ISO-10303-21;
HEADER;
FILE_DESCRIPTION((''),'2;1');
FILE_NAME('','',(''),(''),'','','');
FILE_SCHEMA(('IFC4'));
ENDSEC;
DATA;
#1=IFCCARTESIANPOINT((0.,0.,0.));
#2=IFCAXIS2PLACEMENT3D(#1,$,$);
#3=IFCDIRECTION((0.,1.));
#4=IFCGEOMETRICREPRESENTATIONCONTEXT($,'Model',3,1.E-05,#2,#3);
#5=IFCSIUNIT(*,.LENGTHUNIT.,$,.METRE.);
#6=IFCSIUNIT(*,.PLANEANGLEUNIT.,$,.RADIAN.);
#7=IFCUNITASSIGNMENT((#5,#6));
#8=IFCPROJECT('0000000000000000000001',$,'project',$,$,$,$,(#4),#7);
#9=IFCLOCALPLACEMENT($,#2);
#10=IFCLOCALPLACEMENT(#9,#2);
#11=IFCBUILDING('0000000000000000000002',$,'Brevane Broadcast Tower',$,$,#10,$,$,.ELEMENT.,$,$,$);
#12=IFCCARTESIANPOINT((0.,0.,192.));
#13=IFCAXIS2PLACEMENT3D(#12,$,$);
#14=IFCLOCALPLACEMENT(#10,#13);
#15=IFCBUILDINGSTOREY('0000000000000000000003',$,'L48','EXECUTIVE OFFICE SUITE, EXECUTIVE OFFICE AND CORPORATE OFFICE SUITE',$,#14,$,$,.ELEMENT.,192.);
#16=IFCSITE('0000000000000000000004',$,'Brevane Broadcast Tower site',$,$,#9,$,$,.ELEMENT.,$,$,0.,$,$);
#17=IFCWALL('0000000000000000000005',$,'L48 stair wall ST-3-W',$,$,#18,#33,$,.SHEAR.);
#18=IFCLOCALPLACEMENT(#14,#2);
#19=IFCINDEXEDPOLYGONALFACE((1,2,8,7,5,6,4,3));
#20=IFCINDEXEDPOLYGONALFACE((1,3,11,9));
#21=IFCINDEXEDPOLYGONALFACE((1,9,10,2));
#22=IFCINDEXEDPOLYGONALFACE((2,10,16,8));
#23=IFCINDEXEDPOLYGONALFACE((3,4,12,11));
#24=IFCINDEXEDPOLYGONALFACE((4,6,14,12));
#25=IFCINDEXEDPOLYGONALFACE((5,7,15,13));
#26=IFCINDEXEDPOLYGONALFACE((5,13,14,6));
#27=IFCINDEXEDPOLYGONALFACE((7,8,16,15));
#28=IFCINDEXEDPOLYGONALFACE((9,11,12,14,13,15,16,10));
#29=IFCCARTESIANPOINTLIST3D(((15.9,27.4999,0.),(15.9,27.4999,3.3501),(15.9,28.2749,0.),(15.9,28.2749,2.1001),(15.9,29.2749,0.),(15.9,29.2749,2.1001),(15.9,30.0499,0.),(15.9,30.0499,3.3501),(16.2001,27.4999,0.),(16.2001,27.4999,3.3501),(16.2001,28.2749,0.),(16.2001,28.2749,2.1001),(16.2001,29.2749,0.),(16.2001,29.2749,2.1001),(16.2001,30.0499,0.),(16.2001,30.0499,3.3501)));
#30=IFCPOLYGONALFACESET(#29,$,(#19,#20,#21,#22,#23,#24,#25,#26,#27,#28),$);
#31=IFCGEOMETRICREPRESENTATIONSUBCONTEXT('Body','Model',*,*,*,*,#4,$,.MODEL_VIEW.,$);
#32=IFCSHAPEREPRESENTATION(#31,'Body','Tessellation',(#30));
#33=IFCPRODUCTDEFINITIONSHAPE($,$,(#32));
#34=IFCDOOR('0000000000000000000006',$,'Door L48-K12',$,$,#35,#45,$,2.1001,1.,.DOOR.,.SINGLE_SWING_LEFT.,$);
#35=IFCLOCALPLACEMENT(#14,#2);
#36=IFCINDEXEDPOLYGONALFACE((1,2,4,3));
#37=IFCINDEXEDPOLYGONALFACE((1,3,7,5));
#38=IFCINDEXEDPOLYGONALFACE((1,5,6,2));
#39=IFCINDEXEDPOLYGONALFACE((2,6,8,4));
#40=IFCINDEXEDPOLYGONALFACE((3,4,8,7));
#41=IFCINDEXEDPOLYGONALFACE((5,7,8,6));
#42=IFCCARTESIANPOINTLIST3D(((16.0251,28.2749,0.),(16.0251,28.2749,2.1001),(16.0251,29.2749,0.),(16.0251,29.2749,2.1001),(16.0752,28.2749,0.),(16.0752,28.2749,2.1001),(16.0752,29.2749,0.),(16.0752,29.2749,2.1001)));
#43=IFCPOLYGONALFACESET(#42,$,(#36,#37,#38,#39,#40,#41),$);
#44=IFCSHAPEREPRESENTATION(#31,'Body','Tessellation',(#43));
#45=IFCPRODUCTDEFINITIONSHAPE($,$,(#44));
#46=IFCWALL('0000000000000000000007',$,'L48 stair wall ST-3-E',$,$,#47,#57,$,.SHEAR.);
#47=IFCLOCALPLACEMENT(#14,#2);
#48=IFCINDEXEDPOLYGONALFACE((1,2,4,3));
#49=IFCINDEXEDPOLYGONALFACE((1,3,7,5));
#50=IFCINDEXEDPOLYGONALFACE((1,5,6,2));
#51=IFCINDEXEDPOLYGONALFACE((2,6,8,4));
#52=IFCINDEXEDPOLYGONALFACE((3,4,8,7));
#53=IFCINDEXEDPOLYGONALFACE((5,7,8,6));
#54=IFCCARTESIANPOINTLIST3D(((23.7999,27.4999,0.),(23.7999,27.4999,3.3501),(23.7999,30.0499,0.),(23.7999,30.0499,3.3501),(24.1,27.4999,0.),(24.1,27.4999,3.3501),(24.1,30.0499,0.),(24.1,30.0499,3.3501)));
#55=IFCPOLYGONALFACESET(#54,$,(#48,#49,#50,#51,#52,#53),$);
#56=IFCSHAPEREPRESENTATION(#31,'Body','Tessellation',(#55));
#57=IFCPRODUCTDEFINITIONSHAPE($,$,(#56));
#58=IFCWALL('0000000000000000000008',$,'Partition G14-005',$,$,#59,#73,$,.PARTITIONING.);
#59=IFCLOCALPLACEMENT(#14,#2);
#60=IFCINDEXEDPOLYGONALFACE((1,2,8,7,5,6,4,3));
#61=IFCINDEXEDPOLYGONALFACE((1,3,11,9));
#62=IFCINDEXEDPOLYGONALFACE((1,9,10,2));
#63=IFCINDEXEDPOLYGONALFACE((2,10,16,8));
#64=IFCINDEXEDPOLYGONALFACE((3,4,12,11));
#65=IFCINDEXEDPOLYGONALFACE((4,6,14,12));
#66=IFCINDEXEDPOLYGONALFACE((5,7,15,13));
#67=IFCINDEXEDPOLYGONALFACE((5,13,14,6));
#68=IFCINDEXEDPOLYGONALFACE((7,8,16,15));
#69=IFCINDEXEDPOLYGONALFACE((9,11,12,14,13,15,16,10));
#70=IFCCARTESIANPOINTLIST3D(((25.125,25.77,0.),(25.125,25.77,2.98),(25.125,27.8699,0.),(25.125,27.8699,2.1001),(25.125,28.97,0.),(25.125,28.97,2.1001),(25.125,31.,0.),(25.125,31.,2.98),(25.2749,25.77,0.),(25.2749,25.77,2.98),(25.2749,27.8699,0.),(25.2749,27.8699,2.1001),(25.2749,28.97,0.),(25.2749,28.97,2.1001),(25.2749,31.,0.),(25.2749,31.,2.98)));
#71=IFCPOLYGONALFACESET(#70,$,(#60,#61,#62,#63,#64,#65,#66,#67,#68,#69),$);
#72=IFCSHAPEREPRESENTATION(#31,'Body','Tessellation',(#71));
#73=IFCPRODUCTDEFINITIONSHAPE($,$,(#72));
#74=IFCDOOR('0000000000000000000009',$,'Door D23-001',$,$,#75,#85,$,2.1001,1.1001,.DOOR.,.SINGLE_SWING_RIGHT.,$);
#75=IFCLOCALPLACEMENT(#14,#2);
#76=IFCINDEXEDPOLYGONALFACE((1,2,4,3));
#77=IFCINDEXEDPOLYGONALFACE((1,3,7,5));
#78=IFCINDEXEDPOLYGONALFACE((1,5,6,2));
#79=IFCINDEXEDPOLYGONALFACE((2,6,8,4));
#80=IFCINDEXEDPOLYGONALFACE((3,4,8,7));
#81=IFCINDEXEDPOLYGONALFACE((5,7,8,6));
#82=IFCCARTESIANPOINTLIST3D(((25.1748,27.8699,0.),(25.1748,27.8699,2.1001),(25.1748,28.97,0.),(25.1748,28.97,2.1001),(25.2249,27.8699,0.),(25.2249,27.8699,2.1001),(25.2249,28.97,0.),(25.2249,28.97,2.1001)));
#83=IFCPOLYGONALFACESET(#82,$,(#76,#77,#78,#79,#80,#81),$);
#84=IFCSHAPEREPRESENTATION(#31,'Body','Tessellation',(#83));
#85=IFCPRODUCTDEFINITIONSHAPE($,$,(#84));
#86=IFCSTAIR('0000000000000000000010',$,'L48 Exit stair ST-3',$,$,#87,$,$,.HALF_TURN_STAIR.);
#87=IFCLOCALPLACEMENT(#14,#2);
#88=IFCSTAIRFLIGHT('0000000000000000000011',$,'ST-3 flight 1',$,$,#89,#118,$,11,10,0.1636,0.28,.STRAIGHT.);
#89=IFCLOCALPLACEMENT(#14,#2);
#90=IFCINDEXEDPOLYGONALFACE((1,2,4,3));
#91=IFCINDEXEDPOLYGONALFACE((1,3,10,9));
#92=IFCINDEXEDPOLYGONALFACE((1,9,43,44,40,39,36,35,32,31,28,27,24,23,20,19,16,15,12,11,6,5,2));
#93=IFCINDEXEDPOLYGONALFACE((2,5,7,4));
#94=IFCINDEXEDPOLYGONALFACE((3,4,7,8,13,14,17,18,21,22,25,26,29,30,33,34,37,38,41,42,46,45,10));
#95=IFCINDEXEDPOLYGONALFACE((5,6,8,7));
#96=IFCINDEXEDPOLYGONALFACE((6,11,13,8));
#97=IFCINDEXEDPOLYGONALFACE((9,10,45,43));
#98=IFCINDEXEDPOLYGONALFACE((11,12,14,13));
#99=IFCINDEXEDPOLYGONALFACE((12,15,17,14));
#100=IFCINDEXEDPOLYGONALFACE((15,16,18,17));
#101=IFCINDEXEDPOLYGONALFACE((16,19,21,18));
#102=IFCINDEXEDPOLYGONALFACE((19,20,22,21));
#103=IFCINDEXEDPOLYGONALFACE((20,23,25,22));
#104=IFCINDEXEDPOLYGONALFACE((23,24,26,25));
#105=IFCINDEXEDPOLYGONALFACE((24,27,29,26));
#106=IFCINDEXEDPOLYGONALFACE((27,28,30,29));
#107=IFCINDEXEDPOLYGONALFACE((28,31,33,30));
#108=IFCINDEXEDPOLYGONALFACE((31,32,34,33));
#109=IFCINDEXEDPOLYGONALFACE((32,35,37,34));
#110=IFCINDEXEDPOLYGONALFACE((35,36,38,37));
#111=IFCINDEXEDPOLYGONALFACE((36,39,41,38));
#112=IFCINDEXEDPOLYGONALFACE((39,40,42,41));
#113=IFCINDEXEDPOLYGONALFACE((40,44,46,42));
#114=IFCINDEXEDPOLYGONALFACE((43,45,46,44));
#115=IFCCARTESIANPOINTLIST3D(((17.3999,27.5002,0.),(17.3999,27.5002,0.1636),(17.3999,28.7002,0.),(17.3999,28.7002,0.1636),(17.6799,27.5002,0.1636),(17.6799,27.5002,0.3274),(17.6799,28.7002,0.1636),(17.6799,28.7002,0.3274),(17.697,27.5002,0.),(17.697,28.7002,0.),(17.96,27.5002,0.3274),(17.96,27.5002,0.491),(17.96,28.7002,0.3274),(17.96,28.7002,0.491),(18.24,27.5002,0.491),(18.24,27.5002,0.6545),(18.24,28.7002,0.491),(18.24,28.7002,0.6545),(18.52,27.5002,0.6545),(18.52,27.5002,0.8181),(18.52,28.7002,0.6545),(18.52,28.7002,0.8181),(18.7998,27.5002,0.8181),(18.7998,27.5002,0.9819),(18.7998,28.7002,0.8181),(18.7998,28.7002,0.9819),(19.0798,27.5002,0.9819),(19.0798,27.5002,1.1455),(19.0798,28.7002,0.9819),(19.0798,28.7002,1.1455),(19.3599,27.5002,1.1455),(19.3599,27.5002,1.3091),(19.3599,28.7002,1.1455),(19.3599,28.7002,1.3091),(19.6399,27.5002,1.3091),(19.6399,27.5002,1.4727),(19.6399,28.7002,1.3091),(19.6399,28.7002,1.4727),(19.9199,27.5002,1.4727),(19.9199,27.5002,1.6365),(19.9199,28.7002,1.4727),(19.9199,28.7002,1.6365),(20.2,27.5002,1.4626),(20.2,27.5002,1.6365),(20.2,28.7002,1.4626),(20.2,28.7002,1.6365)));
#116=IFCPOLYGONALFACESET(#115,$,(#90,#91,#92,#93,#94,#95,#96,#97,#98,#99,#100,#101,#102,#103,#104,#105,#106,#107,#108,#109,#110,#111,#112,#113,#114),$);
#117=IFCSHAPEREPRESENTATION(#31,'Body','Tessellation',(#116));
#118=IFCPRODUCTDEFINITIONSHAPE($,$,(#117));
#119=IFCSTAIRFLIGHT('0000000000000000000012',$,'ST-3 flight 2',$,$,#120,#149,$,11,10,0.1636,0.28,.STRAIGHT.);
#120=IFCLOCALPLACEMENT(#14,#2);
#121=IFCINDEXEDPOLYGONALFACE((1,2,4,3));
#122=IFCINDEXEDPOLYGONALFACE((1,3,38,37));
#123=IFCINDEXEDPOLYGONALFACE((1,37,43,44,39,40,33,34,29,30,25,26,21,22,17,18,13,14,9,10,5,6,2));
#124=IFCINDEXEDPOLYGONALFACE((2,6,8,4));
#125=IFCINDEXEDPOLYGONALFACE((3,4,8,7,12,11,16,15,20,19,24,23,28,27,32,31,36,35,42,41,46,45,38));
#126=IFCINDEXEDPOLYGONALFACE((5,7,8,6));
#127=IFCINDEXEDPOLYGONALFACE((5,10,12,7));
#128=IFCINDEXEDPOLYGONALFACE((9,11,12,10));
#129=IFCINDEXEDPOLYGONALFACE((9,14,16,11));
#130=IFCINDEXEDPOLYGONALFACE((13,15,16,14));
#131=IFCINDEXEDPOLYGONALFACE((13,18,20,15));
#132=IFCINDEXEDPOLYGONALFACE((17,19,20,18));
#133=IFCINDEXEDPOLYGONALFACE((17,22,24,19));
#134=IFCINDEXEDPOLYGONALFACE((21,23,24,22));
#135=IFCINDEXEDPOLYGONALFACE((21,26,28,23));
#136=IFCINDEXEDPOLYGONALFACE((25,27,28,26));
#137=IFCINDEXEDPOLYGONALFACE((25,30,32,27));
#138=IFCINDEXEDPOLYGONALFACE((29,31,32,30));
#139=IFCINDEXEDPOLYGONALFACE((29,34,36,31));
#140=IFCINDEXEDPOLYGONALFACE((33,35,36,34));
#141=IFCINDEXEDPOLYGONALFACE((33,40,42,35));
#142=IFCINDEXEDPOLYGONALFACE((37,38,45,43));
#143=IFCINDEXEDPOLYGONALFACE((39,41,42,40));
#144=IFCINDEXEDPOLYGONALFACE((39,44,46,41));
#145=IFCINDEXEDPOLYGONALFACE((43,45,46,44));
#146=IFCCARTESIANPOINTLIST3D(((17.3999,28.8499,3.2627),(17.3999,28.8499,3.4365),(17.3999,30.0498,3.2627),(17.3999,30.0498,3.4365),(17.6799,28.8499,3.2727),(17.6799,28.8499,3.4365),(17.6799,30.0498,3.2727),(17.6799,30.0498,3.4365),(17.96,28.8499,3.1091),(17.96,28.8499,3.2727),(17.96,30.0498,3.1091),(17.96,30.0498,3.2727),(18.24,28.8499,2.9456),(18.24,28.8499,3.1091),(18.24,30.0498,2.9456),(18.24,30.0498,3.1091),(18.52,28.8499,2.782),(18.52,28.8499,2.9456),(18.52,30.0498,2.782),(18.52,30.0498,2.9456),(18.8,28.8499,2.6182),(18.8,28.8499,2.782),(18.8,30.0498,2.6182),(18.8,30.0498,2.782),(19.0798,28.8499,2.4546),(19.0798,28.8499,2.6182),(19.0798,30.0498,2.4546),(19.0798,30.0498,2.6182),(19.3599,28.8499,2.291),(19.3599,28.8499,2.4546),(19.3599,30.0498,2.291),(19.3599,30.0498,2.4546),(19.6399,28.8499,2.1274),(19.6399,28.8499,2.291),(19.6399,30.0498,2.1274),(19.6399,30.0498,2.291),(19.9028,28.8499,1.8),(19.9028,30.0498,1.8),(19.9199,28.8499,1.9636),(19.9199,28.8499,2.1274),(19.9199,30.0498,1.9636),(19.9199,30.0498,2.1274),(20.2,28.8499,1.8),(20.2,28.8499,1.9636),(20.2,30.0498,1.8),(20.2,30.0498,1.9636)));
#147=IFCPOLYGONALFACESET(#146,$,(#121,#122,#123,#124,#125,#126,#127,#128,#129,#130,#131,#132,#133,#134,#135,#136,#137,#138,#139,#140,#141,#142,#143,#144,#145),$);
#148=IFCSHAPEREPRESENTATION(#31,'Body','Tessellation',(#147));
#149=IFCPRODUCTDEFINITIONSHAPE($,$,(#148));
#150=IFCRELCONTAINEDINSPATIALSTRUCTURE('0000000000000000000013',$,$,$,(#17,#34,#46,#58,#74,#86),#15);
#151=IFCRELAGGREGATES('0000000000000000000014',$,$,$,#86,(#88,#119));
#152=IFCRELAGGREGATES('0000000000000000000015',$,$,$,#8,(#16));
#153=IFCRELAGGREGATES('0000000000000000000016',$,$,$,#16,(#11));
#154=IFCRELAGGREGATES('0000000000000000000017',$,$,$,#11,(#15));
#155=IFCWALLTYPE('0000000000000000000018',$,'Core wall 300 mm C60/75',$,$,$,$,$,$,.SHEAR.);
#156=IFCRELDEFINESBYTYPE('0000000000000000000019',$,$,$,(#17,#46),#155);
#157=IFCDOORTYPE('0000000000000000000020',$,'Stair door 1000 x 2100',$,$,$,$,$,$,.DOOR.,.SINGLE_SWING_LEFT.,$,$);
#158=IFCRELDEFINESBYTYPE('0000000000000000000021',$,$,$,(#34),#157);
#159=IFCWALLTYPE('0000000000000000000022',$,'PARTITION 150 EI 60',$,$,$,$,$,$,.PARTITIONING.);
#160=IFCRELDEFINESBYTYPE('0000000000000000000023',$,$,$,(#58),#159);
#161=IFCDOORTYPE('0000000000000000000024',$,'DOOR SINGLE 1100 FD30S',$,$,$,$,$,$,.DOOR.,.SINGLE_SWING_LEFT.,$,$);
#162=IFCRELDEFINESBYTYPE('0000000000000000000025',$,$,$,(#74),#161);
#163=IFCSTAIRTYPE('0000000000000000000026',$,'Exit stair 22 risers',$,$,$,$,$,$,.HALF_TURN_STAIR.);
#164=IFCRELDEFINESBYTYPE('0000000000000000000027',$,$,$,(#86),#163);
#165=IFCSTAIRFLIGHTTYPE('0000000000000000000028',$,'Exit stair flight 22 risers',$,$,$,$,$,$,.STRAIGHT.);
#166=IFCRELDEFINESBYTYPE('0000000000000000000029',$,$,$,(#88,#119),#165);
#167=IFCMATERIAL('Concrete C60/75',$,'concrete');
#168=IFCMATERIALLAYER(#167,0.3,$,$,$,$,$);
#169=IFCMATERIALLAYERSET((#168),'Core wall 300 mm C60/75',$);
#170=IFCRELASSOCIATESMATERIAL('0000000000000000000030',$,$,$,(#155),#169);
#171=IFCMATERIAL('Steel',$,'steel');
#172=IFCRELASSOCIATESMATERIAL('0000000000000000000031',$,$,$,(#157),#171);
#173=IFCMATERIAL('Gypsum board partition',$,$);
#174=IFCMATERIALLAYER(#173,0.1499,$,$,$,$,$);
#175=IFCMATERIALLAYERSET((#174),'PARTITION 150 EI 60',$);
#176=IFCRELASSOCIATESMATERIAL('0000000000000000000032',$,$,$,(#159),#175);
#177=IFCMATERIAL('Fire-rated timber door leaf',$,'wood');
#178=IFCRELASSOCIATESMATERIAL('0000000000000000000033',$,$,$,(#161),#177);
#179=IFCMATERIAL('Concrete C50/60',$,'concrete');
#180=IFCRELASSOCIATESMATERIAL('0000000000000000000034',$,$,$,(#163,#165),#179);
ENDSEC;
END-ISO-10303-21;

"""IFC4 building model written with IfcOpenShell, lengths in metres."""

from ifc_helpers import new_model, si_unit, direction, frame, frame_2d, origin, place, context, subcontext, project, spatial, polyline, rectangle, outline, extrude, material, layer, layer_set, type_object, element, fill, aggregate, save


model = new_model("IFC4")

# Units and contexts
model_context = context("Model", 3, precision=1e-05, world=origin(), true_north=direction((0.0, 1.0)))
body_context = subcontext(model_context, "Body", "Model", "MODEL_VIEW")
ifc_project = project(units=[si_unit("LENGTHUNIT", "METRE"), si_unit("PLANEANGLEUNIT", "RADIAN")], contexts=[model_context])

# Site, building, storey
site_placement = place(None, origin())
site = spatial("IfcSite", under=ifc_project, at=site_placement, Name="Brevane Broadcast Tower site", CompositionType="ELEMENT", RefElevation=0.0)
building_placement = place(site_placement, origin())
building = spatial("IfcBuilding", under=site, at=building_placement, Name="Brevane Broadcast Tower", CompositionType="ELEMENT")
storey_placement = place(building_placement, frame((0.0, 0.0, 192.0)))
storey = spatial("IfcBuildingStorey", under=building, at=storey_placement, Name="L48", Description="EXECUTIVE OFFICE SUITE, EXECUTIVE OFFICE AND CORPORATE OFFICE SUITE", CompositionType="ELEMENT", Elevation=192.0)

# Shared definitions
ifc_material_1 = material(Name="Concrete C60/75", Category="concrete")

# Wall, opening, door
ifc_layer_1 = layer(ifc_material_1, 0.3)
ifc_layer_set_1 = layer_set([ifc_layer_1], Name="Core wall 300 mm C60/75")
wall_type_1 = type_object("IfcWallType", Name="Core wall 300 mm C60/75", PredefinedType="SHEAR", material=ifc_layer_set_1)
wall_1_placement = place(storey_placement, frame((16.05, 27.5, 0.0), z_axis=(0.0, 0.0, 1.0), x_axis=(0.0, 1.0, 0.0)))
wall_1 = element("IfcWall", 1, at=wall_1_placement, inside=storey, type_object=wall_type_1, Name="L48 stair wall ST-3-W", PredefinedType="SHEAR", context=body_context, shape_type="SweptSolid", body=[
    extrude(rectangle(XDim=2.55, YDim=0.3, at=frame_2d((1.2749, 0.0))), origin(), (0.0, 0.0, 1.0), 3.3501),
])
opening_1_placement = place(wall_1_placement, frame((0.7749, 0.0, 0.0)))
opening_1 = element("IfcOpeningElement", 2, at=opening_1_placement, cuts=wall_1, PredefinedType="OPENING", context=body_context, shape_type="SweptSolid", body=[
    extrude(rectangle(XDim=1.0, YDim=2.1001, at=frame_2d((0.5, 1.05))), frame((0.0, 0.1599, 0.0), z_axis=(0.0, -1.0, 0.0), x_axis=(1.0, 0.0, 0.0)), (0.0, 0.0, 1.0), 0.3201),
])
ifc_material_2 = material(Name="Steel", Category="steel")
door_type_1 = type_object("IfcDoorType", Name="Stair door 1000 x 2100", OperationType="SINGLE_SWING_LEFT", PredefinedType="DOOR", material=ifc_material_2)
door_1_placement = place(opening_1_placement, origin())
door_1 = element("IfcDoor", 3, at=door_1_placement, inside=storey, type_object=door_type_1, Name="Door L48-K12", OperationType="SINGLE_SWING_LEFT", OverallHeight=2.1001, OverallWidth=1.0, PredefinedType="DOOR", context=body_context, shape_type="SweptSolid", body=[
    extrude(rectangle(XDim=1.0, YDim=2.1001, at=frame_2d((0.5, 1.05))), frame((0.0, 0.0249, 0.0), z_axis=(0.0, -1.0, 0.0), x_axis=(1.0, 0.0, 0.0)), (0.0, 0.0, 1.0), 0.05),
])
fill(opening_1, door_1)

# Wall
wall_2_placement = place(storey_placement, frame((23.95, 27.5, 0.0), z_axis=(0.0, 0.0, 1.0), x_axis=(0.0, 1.0, 0.0)))
element("IfcWall", 4, at=wall_2_placement, inside=storey, type_object=wall_type_1, Name="L48 stair wall ST-3-E", PredefinedType="SHEAR", context=body_context, shape_type="SweptSolid", body=[
    extrude(rectangle(XDim=2.55, YDim=0.3, at=frame_2d((1.2749, 0.0))), origin(), (0.0, 0.0, 1.0), 3.3501),
])

# Wall, opening, door
ifc_material_3 = material(Name="Gypsum board partition")
ifc_layer_2 = layer(ifc_material_3, 0.1499)
ifc_layer_set_2 = layer_set([ifc_layer_2], Name="PARTITION 150 EI 60")
wall_type_2 = type_object("IfcWallType", Name="PARTITION 150 EI 60", PredefinedType="PARTITIONING", material=ifc_layer_set_2)
wall_3_placement = place(storey_placement, frame((25.2, 31.0, 0.0), z_axis=(0.0, 0.0, 1.0), x_axis=(0.0, -1.0, 0.0)))
wall_3 = element("IfcWall", 5, at=wall_3_placement, inside=storey, type_object=wall_type_2, Name="Partition G14-005", PredefinedType="PARTITIONING", context=body_context, shape_type="SweptSolid", body=[
    extrude(outline(polyline([(0.0, 0.0), (5.23, 0.0), (5.23, 2.98), (0.0, 2.98), (0.0, 0.0)])), frame((0.0, 0.075, 0.0), z_axis=(0.0, -1.0, 0.0), x_axis=(1.0, 0.0, 0.0)), (0.0, 0.0, 1.0), 0.1499),
])
opening_2_placement = place(wall_3_placement, frame((2.03, 0.0, 0.0)))
opening_2 = element("IfcOpeningElement", 6, at=opening_2_placement, cuts=wall_3, PredefinedType="OPENING", context=body_context, shape_type="SweptSolid", body=[
    extrude(rectangle(XDim=1.1001, YDim=2.1001, at=frame_2d((0.55, 1.05))), frame((0.0, 0.085, 0.0), z_axis=(0.0, -1.0, 0.0), x_axis=(1.0, 0.0, 0.0)), (0.0, 0.0, 1.0), 0.1699),
])
ifc_material_4 = material(Name="Fire-rated timber door leaf", Category="wood")
door_type_2 = type_object("IfcDoorType", Name="DOOR SINGLE 1100 FD30S", OperationType="SINGLE_SWING_LEFT", PredefinedType="DOOR", material=ifc_material_4)
door_2_placement = place(opening_2_placement, origin())
door_2 = element("IfcDoor", 7, at=door_2_placement, inside=storey, type_object=door_type_2, Name="Door D23-001", OperationType="SINGLE_SWING_RIGHT", OverallHeight=2.1001, OverallWidth=1.1001, PredefinedType="DOOR", context=body_context, shape_type="SweptSolid", body=[
    extrude(rectangle(XDim=1.1001, YDim=2.1001, at=frame_2d((0.55, 1.05))), frame((0.0, 0.0249, 0.0), z_axis=(0.0, -1.0, 0.0), x_axis=(1.0, 0.0, 0.0)), (0.0, 0.0, 1.0), 0.05),
])
fill(opening_2, door_2)

# Stair, stair flights
ifc_material_5 = material(Name="Concrete C50/60", Category="concrete")
stair_type = type_object("IfcStairType", Name="Exit stair 22 risers", PredefinedType="HALF_TURN_STAIR", material=ifc_material_5)
stair_placement = place(storey_placement, origin())
stair = element("IfcStair", 8, at=stair_placement, inside=storey, type_object=stair_type, Name="L48 Exit stair ST-3", PredefinedType="HALF_TURN_STAIR")
stair_flight_type = type_object("IfcStairFlightType", Name="Exit stair flight 22 risers", PredefinedType="STRAIGHT", material=ifc_material_5)
stair_flight_1_placement = place(storey_placement, frame((17.3999, 28.1001, 0.0), z_axis=(0.0, 0.0, 1.0), x_axis=(1.0, 0.0, 0.0)))
stair_flight_1 = element("IfcStairFlight", 9, at=stair_flight_1_placement, type_object=stair_flight_type, Name="ST-3 flight 1", NumberOfRisers=11, NumberOfTreads=10, PredefinedType="STRAIGHT", RiserHeight=0.1636, TreadLength=0.28, context=body_context, shape_type="SweptSolid", body=[
    extrude(outline(polyline([(0.0, 0.0), (0.0, 0.1636), (0.28, 0.1636), (0.28, 0.3274), (0.5601, 0.3274), (0.5601, 0.491), (0.8401, 0.491), (0.8401, 0.6545), (1.1201, 0.6545), (1.1201, 0.8181), (1.3999, 0.8181), (1.3999, 0.9819), (1.6799, 0.9819), (1.6799, 1.1455), (1.96, 1.1455), (1.96, 1.3091), (2.24, 1.3091), (2.24, 1.4727), (2.52, 1.4727), (2.52, 1.6365), (2.8, 1.6365), (2.8, 1.8), (2.8, 1.4626), (0.2971, 0.0), (0.0, 0.0)])), frame((0.0, 0.6001, 0.0), z_axis=(0.0, -1.0, 0.0), x_axis=(1.0, 0.0, 0.0)), (0.0, 0.0, 1.0), 1.2),
])
stair_flight_2_placement = place(storey_placement, frame((20.2, 29.45, 1.8), z_axis=(0.0, 0.0, 1.0), x_axis=(-1.0, 0.0, 0.0)))
stair_flight_2 = element("IfcStairFlight", 10, at=stair_flight_2_placement, type_object=stair_flight_type, Name="ST-3 flight 2", NumberOfRisers=11, NumberOfTreads=10, PredefinedType="STRAIGHT", RiserHeight=0.1636, TreadLength=0.28, context=body_context, shape_type="SweptSolid", body=[
    extrude(outline(polyline([(0.0, 0.0), (0.0, 0.1636), (0.28, 0.1636), (0.28, 0.3274), (0.5601, 0.3274), (0.5601, 0.491), (0.8401, 0.491), (0.8401, 0.6545), (1.1201, 0.6545), (1.1201, 0.8181), (1.3999, 0.8181), (1.3999, 0.9819), (1.6799, 0.9819), (1.6799, 1.1455), (1.96, 1.1455), (1.96, 1.3091), (2.24, 1.3091), (2.24, 1.4727), (2.52, 1.4727), (2.52, 1.6365), (2.8, 1.6365), (2.8, 1.8), (2.8, 1.4626), (0.2971, 0.0), (0.0, 0.0)])), frame((0.0, 0.6001, 0.0), z_axis=(0.0, -1.0, 0.0), x_axis=(1.0, 0.0, 0.0)), (0.0, 0.0, 1.0), 1.2),
])
aggregate(stair, [stair_flight_1, stair_flight_2])

save(model, "model.ifc")
